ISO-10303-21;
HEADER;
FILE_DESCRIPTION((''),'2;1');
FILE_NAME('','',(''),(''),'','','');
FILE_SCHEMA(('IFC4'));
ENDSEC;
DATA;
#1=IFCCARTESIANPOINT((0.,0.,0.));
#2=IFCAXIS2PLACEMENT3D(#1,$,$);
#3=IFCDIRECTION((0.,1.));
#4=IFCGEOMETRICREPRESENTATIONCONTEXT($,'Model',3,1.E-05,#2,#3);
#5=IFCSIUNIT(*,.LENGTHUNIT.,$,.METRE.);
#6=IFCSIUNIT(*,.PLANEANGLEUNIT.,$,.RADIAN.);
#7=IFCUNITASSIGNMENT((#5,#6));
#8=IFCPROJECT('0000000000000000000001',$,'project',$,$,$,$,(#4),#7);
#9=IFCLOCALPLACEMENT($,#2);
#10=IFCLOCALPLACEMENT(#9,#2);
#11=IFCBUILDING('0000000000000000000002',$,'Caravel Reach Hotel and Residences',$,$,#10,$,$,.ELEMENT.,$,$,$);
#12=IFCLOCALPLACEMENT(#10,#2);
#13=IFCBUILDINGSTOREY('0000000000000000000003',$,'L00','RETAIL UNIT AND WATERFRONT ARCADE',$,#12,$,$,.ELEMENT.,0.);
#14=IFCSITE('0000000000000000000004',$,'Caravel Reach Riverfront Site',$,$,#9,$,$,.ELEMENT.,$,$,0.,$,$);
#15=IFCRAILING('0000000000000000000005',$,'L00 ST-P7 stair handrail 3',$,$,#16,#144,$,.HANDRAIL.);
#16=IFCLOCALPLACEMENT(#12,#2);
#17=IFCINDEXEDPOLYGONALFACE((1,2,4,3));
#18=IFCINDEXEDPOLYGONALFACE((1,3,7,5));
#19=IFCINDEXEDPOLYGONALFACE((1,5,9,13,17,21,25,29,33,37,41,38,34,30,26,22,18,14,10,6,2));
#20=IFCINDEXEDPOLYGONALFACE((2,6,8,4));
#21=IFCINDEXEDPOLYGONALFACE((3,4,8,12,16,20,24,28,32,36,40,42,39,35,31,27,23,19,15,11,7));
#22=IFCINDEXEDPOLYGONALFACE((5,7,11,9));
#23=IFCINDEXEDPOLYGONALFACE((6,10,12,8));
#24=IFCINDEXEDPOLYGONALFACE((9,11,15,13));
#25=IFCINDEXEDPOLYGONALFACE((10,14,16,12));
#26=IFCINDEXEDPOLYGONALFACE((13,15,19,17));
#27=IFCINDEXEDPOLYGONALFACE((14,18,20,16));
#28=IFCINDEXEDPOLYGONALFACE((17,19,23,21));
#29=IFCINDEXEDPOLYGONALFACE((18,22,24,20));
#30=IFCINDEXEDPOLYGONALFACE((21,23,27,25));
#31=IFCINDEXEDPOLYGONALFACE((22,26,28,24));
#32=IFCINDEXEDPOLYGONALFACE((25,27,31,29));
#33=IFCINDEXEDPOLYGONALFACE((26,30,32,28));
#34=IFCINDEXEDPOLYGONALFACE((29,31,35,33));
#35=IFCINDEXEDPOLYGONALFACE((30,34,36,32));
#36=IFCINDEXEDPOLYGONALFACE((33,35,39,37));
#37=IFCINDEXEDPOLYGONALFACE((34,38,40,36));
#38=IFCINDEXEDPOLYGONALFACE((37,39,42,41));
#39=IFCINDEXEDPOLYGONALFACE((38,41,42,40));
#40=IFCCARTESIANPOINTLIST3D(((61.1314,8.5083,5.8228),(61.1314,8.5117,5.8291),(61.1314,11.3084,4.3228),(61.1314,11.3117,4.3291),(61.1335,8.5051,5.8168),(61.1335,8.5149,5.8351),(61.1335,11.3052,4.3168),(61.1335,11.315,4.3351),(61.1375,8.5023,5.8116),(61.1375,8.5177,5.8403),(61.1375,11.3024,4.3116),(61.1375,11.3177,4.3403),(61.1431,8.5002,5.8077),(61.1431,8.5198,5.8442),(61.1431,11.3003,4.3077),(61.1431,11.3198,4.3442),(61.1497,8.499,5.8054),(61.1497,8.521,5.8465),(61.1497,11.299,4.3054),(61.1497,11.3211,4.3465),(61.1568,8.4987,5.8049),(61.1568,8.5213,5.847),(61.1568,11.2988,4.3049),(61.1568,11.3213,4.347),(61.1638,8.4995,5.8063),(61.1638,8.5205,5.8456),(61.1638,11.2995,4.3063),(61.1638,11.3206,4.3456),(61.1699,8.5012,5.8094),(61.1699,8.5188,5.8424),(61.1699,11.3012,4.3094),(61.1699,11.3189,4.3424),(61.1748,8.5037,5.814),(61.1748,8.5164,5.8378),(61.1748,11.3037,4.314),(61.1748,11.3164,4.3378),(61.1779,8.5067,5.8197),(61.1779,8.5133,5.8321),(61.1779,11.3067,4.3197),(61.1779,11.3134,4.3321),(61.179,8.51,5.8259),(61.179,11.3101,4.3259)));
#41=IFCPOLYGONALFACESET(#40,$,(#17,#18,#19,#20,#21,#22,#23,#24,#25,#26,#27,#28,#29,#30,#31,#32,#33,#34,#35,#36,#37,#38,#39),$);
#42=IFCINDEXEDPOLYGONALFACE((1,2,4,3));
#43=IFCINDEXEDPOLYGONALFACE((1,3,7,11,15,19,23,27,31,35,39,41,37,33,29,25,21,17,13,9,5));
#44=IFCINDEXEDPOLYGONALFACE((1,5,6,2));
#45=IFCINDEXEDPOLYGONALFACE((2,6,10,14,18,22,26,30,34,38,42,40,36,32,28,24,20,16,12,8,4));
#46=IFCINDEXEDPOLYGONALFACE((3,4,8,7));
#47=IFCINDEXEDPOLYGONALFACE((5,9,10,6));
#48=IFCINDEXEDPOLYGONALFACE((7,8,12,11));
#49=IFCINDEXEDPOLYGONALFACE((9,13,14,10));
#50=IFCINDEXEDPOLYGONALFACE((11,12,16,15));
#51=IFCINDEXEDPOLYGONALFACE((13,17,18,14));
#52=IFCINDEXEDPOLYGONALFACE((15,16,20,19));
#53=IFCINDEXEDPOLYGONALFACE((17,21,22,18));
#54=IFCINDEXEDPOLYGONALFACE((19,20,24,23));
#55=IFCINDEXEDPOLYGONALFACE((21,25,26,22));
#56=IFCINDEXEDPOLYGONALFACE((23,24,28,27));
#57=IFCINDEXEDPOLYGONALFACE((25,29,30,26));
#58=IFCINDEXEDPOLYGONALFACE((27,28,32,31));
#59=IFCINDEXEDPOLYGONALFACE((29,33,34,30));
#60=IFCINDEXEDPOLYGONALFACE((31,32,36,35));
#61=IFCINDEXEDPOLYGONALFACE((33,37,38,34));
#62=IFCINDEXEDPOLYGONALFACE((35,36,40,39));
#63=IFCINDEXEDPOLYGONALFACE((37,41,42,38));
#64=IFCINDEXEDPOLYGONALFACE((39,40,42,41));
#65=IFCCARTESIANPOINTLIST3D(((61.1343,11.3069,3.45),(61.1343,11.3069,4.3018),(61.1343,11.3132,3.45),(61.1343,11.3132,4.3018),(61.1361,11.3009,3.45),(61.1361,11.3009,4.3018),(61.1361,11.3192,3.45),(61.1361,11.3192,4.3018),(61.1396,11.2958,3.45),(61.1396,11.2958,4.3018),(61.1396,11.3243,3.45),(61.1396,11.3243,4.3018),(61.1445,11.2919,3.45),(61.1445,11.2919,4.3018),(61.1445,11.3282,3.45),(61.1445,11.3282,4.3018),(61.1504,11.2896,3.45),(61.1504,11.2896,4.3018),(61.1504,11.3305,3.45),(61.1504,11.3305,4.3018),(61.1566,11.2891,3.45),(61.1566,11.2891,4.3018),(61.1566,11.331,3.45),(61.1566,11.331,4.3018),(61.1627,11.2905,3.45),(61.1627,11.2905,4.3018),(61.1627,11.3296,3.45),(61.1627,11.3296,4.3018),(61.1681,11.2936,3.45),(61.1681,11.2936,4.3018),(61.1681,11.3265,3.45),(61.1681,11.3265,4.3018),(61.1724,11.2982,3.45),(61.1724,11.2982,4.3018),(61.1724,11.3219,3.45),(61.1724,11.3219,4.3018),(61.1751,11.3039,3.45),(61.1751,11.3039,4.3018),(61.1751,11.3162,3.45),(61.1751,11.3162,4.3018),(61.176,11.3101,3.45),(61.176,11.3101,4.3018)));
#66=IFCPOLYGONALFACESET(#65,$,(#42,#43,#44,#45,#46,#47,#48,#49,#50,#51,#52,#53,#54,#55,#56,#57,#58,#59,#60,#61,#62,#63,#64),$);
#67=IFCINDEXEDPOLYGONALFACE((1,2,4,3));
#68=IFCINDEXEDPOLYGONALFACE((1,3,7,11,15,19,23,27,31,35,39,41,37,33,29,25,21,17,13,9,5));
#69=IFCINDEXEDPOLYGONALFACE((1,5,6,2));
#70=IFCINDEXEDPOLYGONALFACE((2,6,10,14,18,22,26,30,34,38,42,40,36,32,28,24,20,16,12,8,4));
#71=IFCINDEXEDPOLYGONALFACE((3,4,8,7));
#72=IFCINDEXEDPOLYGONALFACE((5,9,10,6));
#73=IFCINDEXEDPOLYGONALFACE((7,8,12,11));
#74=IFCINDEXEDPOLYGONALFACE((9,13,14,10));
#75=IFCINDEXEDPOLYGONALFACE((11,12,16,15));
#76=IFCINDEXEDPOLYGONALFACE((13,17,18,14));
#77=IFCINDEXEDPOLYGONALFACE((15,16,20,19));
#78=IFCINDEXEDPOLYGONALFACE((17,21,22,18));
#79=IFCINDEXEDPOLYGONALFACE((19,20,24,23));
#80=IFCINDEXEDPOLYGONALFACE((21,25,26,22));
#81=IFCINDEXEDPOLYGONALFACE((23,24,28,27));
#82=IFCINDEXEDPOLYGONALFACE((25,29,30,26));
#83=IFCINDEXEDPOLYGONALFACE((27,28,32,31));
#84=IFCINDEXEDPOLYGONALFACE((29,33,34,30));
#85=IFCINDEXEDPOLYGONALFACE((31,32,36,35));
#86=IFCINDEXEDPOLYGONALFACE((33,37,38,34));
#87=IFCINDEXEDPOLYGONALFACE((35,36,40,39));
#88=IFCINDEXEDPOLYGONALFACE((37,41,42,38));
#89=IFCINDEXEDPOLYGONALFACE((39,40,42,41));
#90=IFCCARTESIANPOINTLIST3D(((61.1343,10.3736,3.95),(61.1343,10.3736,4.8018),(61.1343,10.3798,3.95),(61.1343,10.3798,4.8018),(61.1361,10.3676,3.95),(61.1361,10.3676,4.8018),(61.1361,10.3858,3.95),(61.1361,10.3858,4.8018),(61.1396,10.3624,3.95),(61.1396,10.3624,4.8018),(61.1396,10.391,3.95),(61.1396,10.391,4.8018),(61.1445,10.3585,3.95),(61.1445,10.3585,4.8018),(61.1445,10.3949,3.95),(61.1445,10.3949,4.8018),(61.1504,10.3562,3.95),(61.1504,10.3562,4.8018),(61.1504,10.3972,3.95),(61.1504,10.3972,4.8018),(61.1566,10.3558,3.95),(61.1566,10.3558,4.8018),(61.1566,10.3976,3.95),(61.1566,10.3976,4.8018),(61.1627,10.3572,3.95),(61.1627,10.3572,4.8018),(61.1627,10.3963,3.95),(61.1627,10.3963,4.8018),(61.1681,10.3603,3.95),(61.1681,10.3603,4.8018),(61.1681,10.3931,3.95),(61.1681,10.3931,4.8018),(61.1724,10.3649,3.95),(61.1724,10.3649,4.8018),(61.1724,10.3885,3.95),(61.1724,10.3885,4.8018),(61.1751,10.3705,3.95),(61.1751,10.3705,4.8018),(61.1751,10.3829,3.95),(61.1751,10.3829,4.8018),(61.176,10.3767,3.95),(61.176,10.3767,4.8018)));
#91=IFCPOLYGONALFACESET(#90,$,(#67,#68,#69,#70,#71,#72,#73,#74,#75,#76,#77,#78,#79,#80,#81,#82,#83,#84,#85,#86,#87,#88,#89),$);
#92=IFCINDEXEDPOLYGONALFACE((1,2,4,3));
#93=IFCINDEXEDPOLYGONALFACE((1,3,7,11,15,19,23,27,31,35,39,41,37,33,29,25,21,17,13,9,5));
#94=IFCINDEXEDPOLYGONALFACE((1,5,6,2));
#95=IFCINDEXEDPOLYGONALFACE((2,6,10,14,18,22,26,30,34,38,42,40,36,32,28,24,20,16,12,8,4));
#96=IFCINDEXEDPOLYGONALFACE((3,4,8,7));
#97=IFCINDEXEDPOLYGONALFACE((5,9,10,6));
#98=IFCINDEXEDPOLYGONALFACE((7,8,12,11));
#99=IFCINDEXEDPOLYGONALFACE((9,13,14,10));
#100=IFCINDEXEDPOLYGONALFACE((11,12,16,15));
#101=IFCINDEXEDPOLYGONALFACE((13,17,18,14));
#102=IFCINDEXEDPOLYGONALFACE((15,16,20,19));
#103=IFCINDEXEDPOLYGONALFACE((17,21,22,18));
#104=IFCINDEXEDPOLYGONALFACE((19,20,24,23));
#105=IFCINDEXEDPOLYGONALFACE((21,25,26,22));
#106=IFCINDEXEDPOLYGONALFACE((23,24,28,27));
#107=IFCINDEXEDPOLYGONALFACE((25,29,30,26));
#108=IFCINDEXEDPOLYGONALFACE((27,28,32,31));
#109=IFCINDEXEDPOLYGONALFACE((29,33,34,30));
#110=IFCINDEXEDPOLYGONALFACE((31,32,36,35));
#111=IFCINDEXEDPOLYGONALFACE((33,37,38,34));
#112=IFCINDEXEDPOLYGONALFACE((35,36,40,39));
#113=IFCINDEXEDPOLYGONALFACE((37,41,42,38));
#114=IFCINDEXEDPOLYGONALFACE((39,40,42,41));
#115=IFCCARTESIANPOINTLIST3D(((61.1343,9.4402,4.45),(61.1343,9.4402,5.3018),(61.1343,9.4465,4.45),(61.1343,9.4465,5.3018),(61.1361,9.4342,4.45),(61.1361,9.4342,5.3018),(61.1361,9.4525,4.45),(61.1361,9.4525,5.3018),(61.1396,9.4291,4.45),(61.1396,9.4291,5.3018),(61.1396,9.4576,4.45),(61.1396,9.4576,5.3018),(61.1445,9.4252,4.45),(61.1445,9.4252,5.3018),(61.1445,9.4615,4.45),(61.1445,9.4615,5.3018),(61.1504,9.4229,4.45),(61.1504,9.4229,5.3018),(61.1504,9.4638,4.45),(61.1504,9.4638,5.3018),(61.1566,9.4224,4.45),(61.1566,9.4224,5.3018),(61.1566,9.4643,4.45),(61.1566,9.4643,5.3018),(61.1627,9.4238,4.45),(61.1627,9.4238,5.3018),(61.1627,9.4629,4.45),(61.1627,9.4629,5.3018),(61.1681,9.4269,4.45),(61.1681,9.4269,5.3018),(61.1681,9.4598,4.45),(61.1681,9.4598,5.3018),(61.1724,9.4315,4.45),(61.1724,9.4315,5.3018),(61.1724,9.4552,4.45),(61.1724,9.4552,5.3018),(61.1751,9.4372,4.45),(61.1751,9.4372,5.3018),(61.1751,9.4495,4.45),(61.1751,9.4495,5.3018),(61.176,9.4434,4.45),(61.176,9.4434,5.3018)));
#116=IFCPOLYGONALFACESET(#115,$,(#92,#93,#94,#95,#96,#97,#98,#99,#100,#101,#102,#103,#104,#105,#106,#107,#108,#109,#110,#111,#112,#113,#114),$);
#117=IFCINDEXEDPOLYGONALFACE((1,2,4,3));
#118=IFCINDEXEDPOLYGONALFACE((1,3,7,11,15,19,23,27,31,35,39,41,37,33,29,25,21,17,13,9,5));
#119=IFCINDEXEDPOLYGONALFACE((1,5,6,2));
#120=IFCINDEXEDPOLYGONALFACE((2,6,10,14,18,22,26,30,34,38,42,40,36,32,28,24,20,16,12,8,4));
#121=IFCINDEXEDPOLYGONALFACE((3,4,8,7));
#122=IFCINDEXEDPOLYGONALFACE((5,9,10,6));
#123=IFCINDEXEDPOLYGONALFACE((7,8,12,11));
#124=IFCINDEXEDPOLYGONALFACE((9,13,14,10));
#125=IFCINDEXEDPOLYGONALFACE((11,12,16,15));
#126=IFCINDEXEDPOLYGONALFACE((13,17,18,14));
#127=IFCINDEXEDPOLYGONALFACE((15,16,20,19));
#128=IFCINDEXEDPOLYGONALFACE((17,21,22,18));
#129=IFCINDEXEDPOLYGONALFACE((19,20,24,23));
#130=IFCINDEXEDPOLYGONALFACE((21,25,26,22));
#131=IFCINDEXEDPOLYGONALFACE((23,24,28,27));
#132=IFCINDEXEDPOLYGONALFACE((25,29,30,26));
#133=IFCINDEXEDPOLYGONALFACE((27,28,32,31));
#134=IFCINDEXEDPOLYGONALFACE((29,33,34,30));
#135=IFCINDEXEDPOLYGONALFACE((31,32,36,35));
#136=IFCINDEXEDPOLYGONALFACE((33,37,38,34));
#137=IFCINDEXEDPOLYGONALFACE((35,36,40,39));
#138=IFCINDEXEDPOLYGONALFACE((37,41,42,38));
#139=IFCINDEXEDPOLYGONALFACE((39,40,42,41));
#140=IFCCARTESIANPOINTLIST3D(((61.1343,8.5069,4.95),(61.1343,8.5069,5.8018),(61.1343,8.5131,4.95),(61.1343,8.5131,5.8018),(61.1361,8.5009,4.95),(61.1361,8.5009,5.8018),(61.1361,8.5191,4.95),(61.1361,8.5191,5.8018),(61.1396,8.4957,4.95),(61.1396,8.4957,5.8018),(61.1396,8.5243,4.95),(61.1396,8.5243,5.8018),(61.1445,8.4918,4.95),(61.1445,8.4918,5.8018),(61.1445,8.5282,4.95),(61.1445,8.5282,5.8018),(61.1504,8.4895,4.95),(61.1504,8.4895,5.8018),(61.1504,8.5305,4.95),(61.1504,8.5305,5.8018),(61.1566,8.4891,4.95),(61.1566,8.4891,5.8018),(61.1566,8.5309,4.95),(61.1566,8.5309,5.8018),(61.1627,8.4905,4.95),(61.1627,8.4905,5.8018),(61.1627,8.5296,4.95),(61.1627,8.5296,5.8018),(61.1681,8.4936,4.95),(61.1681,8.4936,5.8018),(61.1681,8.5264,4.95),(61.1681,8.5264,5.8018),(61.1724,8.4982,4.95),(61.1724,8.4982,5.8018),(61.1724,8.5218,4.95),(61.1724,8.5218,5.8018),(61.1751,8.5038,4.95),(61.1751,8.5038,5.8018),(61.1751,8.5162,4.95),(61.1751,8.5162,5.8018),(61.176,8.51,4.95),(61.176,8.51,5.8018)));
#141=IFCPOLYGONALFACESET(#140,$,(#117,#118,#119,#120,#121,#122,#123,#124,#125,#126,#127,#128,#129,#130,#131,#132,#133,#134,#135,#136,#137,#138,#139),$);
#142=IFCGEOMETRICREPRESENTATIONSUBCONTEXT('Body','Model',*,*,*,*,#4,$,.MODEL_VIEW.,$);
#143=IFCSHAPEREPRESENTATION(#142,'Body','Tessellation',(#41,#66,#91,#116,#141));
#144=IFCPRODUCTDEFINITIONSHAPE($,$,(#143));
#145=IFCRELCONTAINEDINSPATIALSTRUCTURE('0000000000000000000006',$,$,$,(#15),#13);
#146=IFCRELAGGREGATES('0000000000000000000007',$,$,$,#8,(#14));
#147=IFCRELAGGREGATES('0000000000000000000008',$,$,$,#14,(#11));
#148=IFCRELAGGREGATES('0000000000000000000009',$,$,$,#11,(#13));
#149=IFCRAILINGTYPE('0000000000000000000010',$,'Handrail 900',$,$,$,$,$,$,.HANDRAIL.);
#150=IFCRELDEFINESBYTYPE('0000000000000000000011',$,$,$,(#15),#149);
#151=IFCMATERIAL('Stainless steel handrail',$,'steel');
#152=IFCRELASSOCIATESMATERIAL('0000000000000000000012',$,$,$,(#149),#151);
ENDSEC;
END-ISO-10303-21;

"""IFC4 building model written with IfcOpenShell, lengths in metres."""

from ifc_helpers import new_model, si_unit, direction, frame, origin, origin_2d, place, context, subcontext, project, spatial, circle, extrude, material, type_object, element, save


model = new_model("IFC4")

# Units and contexts
model_context = context("Model", 3, precision=1e-05, world=origin(), true_north=direction((0.0, 1.0)))
body_context = subcontext(model_context, "Body", "Model", "MODEL_VIEW")
ifc_project = project(units=[si_unit("LENGTHUNIT", "METRE"), si_unit("PLANEANGLEUNIT", "RADIAN")], contexts=[model_context])

# Site, building, storey
site_placement = place(None, origin())
site = spatial("IfcSite", under=ifc_project, at=site_placement, Name="Caravel Reach Riverfront Site", CompositionType="ELEMENT", RefElevation=0.0)
building_placement = place(site_placement, origin())
building = spatial("IfcBuilding", under=site, at=building_placement, Name="Caravel Reach Hotel and Residences", CompositionType="ELEMENT")
storey_placement = place(building_placement, origin())
storey = spatial("IfcBuildingStorey", under=building, at=storey_placement, Name="L00", Description="RETAIL UNIT AND WATERFRONT ARCADE", CompositionType="ELEMENT", Elevation=0.0)

# Railing
ifc_material_1 = material(Name="Stainless steel handrail", Category="steel")
railing_type_1 = type_object("IfcRailingType", Name="Handrail 900", PredefinedType="HANDRAIL", material=ifc_material_1)
for number, where, name in (
    (1, (61.155, 11.3101, 3.45), "L00 ST-P7 stair handrail 3"),
):
    element("IfcRailing", number, at=place(storey_placement, frame(where)), inside=storey, type_object=railing_type_1, Name=name, PredefinedType="HANDRAIL", context=body_context, shape_type="SweptSolid", body=[
        extrude(circle(Radius=0.0239, at=origin_2d()), frame((0.0, 0.0, 0.876), z_axis=(0.0, -0.881483, 0.472215), x_axis=(1.0, 0.0, 0.0)), (0.0, 0.0, 1.0), 3.1765),
        extrude(circle(Radius=0.021, at=origin_2d()), origin(), (0.0, 0.0, 1.0), 0.8518),
        extrude(circle(Radius=0.021, at=origin_2d()), frame((0.0, -0.9333, 0.5)), (0.0, 0.0, 1.0), 0.8518),
        extrude(circle(Radius=0.021, at=origin_2d()), frame((0.0, -1.8667, 1.0)), (0.0, 0.0, 1.0), 0.8518),
        extrude(circle(Radius=0.021, at=origin_2d()), frame((0.0, -2.8, 1.5)), (0.0, 0.0, 1.0), 0.8518),
    ])

save(model, "model.ifc")
